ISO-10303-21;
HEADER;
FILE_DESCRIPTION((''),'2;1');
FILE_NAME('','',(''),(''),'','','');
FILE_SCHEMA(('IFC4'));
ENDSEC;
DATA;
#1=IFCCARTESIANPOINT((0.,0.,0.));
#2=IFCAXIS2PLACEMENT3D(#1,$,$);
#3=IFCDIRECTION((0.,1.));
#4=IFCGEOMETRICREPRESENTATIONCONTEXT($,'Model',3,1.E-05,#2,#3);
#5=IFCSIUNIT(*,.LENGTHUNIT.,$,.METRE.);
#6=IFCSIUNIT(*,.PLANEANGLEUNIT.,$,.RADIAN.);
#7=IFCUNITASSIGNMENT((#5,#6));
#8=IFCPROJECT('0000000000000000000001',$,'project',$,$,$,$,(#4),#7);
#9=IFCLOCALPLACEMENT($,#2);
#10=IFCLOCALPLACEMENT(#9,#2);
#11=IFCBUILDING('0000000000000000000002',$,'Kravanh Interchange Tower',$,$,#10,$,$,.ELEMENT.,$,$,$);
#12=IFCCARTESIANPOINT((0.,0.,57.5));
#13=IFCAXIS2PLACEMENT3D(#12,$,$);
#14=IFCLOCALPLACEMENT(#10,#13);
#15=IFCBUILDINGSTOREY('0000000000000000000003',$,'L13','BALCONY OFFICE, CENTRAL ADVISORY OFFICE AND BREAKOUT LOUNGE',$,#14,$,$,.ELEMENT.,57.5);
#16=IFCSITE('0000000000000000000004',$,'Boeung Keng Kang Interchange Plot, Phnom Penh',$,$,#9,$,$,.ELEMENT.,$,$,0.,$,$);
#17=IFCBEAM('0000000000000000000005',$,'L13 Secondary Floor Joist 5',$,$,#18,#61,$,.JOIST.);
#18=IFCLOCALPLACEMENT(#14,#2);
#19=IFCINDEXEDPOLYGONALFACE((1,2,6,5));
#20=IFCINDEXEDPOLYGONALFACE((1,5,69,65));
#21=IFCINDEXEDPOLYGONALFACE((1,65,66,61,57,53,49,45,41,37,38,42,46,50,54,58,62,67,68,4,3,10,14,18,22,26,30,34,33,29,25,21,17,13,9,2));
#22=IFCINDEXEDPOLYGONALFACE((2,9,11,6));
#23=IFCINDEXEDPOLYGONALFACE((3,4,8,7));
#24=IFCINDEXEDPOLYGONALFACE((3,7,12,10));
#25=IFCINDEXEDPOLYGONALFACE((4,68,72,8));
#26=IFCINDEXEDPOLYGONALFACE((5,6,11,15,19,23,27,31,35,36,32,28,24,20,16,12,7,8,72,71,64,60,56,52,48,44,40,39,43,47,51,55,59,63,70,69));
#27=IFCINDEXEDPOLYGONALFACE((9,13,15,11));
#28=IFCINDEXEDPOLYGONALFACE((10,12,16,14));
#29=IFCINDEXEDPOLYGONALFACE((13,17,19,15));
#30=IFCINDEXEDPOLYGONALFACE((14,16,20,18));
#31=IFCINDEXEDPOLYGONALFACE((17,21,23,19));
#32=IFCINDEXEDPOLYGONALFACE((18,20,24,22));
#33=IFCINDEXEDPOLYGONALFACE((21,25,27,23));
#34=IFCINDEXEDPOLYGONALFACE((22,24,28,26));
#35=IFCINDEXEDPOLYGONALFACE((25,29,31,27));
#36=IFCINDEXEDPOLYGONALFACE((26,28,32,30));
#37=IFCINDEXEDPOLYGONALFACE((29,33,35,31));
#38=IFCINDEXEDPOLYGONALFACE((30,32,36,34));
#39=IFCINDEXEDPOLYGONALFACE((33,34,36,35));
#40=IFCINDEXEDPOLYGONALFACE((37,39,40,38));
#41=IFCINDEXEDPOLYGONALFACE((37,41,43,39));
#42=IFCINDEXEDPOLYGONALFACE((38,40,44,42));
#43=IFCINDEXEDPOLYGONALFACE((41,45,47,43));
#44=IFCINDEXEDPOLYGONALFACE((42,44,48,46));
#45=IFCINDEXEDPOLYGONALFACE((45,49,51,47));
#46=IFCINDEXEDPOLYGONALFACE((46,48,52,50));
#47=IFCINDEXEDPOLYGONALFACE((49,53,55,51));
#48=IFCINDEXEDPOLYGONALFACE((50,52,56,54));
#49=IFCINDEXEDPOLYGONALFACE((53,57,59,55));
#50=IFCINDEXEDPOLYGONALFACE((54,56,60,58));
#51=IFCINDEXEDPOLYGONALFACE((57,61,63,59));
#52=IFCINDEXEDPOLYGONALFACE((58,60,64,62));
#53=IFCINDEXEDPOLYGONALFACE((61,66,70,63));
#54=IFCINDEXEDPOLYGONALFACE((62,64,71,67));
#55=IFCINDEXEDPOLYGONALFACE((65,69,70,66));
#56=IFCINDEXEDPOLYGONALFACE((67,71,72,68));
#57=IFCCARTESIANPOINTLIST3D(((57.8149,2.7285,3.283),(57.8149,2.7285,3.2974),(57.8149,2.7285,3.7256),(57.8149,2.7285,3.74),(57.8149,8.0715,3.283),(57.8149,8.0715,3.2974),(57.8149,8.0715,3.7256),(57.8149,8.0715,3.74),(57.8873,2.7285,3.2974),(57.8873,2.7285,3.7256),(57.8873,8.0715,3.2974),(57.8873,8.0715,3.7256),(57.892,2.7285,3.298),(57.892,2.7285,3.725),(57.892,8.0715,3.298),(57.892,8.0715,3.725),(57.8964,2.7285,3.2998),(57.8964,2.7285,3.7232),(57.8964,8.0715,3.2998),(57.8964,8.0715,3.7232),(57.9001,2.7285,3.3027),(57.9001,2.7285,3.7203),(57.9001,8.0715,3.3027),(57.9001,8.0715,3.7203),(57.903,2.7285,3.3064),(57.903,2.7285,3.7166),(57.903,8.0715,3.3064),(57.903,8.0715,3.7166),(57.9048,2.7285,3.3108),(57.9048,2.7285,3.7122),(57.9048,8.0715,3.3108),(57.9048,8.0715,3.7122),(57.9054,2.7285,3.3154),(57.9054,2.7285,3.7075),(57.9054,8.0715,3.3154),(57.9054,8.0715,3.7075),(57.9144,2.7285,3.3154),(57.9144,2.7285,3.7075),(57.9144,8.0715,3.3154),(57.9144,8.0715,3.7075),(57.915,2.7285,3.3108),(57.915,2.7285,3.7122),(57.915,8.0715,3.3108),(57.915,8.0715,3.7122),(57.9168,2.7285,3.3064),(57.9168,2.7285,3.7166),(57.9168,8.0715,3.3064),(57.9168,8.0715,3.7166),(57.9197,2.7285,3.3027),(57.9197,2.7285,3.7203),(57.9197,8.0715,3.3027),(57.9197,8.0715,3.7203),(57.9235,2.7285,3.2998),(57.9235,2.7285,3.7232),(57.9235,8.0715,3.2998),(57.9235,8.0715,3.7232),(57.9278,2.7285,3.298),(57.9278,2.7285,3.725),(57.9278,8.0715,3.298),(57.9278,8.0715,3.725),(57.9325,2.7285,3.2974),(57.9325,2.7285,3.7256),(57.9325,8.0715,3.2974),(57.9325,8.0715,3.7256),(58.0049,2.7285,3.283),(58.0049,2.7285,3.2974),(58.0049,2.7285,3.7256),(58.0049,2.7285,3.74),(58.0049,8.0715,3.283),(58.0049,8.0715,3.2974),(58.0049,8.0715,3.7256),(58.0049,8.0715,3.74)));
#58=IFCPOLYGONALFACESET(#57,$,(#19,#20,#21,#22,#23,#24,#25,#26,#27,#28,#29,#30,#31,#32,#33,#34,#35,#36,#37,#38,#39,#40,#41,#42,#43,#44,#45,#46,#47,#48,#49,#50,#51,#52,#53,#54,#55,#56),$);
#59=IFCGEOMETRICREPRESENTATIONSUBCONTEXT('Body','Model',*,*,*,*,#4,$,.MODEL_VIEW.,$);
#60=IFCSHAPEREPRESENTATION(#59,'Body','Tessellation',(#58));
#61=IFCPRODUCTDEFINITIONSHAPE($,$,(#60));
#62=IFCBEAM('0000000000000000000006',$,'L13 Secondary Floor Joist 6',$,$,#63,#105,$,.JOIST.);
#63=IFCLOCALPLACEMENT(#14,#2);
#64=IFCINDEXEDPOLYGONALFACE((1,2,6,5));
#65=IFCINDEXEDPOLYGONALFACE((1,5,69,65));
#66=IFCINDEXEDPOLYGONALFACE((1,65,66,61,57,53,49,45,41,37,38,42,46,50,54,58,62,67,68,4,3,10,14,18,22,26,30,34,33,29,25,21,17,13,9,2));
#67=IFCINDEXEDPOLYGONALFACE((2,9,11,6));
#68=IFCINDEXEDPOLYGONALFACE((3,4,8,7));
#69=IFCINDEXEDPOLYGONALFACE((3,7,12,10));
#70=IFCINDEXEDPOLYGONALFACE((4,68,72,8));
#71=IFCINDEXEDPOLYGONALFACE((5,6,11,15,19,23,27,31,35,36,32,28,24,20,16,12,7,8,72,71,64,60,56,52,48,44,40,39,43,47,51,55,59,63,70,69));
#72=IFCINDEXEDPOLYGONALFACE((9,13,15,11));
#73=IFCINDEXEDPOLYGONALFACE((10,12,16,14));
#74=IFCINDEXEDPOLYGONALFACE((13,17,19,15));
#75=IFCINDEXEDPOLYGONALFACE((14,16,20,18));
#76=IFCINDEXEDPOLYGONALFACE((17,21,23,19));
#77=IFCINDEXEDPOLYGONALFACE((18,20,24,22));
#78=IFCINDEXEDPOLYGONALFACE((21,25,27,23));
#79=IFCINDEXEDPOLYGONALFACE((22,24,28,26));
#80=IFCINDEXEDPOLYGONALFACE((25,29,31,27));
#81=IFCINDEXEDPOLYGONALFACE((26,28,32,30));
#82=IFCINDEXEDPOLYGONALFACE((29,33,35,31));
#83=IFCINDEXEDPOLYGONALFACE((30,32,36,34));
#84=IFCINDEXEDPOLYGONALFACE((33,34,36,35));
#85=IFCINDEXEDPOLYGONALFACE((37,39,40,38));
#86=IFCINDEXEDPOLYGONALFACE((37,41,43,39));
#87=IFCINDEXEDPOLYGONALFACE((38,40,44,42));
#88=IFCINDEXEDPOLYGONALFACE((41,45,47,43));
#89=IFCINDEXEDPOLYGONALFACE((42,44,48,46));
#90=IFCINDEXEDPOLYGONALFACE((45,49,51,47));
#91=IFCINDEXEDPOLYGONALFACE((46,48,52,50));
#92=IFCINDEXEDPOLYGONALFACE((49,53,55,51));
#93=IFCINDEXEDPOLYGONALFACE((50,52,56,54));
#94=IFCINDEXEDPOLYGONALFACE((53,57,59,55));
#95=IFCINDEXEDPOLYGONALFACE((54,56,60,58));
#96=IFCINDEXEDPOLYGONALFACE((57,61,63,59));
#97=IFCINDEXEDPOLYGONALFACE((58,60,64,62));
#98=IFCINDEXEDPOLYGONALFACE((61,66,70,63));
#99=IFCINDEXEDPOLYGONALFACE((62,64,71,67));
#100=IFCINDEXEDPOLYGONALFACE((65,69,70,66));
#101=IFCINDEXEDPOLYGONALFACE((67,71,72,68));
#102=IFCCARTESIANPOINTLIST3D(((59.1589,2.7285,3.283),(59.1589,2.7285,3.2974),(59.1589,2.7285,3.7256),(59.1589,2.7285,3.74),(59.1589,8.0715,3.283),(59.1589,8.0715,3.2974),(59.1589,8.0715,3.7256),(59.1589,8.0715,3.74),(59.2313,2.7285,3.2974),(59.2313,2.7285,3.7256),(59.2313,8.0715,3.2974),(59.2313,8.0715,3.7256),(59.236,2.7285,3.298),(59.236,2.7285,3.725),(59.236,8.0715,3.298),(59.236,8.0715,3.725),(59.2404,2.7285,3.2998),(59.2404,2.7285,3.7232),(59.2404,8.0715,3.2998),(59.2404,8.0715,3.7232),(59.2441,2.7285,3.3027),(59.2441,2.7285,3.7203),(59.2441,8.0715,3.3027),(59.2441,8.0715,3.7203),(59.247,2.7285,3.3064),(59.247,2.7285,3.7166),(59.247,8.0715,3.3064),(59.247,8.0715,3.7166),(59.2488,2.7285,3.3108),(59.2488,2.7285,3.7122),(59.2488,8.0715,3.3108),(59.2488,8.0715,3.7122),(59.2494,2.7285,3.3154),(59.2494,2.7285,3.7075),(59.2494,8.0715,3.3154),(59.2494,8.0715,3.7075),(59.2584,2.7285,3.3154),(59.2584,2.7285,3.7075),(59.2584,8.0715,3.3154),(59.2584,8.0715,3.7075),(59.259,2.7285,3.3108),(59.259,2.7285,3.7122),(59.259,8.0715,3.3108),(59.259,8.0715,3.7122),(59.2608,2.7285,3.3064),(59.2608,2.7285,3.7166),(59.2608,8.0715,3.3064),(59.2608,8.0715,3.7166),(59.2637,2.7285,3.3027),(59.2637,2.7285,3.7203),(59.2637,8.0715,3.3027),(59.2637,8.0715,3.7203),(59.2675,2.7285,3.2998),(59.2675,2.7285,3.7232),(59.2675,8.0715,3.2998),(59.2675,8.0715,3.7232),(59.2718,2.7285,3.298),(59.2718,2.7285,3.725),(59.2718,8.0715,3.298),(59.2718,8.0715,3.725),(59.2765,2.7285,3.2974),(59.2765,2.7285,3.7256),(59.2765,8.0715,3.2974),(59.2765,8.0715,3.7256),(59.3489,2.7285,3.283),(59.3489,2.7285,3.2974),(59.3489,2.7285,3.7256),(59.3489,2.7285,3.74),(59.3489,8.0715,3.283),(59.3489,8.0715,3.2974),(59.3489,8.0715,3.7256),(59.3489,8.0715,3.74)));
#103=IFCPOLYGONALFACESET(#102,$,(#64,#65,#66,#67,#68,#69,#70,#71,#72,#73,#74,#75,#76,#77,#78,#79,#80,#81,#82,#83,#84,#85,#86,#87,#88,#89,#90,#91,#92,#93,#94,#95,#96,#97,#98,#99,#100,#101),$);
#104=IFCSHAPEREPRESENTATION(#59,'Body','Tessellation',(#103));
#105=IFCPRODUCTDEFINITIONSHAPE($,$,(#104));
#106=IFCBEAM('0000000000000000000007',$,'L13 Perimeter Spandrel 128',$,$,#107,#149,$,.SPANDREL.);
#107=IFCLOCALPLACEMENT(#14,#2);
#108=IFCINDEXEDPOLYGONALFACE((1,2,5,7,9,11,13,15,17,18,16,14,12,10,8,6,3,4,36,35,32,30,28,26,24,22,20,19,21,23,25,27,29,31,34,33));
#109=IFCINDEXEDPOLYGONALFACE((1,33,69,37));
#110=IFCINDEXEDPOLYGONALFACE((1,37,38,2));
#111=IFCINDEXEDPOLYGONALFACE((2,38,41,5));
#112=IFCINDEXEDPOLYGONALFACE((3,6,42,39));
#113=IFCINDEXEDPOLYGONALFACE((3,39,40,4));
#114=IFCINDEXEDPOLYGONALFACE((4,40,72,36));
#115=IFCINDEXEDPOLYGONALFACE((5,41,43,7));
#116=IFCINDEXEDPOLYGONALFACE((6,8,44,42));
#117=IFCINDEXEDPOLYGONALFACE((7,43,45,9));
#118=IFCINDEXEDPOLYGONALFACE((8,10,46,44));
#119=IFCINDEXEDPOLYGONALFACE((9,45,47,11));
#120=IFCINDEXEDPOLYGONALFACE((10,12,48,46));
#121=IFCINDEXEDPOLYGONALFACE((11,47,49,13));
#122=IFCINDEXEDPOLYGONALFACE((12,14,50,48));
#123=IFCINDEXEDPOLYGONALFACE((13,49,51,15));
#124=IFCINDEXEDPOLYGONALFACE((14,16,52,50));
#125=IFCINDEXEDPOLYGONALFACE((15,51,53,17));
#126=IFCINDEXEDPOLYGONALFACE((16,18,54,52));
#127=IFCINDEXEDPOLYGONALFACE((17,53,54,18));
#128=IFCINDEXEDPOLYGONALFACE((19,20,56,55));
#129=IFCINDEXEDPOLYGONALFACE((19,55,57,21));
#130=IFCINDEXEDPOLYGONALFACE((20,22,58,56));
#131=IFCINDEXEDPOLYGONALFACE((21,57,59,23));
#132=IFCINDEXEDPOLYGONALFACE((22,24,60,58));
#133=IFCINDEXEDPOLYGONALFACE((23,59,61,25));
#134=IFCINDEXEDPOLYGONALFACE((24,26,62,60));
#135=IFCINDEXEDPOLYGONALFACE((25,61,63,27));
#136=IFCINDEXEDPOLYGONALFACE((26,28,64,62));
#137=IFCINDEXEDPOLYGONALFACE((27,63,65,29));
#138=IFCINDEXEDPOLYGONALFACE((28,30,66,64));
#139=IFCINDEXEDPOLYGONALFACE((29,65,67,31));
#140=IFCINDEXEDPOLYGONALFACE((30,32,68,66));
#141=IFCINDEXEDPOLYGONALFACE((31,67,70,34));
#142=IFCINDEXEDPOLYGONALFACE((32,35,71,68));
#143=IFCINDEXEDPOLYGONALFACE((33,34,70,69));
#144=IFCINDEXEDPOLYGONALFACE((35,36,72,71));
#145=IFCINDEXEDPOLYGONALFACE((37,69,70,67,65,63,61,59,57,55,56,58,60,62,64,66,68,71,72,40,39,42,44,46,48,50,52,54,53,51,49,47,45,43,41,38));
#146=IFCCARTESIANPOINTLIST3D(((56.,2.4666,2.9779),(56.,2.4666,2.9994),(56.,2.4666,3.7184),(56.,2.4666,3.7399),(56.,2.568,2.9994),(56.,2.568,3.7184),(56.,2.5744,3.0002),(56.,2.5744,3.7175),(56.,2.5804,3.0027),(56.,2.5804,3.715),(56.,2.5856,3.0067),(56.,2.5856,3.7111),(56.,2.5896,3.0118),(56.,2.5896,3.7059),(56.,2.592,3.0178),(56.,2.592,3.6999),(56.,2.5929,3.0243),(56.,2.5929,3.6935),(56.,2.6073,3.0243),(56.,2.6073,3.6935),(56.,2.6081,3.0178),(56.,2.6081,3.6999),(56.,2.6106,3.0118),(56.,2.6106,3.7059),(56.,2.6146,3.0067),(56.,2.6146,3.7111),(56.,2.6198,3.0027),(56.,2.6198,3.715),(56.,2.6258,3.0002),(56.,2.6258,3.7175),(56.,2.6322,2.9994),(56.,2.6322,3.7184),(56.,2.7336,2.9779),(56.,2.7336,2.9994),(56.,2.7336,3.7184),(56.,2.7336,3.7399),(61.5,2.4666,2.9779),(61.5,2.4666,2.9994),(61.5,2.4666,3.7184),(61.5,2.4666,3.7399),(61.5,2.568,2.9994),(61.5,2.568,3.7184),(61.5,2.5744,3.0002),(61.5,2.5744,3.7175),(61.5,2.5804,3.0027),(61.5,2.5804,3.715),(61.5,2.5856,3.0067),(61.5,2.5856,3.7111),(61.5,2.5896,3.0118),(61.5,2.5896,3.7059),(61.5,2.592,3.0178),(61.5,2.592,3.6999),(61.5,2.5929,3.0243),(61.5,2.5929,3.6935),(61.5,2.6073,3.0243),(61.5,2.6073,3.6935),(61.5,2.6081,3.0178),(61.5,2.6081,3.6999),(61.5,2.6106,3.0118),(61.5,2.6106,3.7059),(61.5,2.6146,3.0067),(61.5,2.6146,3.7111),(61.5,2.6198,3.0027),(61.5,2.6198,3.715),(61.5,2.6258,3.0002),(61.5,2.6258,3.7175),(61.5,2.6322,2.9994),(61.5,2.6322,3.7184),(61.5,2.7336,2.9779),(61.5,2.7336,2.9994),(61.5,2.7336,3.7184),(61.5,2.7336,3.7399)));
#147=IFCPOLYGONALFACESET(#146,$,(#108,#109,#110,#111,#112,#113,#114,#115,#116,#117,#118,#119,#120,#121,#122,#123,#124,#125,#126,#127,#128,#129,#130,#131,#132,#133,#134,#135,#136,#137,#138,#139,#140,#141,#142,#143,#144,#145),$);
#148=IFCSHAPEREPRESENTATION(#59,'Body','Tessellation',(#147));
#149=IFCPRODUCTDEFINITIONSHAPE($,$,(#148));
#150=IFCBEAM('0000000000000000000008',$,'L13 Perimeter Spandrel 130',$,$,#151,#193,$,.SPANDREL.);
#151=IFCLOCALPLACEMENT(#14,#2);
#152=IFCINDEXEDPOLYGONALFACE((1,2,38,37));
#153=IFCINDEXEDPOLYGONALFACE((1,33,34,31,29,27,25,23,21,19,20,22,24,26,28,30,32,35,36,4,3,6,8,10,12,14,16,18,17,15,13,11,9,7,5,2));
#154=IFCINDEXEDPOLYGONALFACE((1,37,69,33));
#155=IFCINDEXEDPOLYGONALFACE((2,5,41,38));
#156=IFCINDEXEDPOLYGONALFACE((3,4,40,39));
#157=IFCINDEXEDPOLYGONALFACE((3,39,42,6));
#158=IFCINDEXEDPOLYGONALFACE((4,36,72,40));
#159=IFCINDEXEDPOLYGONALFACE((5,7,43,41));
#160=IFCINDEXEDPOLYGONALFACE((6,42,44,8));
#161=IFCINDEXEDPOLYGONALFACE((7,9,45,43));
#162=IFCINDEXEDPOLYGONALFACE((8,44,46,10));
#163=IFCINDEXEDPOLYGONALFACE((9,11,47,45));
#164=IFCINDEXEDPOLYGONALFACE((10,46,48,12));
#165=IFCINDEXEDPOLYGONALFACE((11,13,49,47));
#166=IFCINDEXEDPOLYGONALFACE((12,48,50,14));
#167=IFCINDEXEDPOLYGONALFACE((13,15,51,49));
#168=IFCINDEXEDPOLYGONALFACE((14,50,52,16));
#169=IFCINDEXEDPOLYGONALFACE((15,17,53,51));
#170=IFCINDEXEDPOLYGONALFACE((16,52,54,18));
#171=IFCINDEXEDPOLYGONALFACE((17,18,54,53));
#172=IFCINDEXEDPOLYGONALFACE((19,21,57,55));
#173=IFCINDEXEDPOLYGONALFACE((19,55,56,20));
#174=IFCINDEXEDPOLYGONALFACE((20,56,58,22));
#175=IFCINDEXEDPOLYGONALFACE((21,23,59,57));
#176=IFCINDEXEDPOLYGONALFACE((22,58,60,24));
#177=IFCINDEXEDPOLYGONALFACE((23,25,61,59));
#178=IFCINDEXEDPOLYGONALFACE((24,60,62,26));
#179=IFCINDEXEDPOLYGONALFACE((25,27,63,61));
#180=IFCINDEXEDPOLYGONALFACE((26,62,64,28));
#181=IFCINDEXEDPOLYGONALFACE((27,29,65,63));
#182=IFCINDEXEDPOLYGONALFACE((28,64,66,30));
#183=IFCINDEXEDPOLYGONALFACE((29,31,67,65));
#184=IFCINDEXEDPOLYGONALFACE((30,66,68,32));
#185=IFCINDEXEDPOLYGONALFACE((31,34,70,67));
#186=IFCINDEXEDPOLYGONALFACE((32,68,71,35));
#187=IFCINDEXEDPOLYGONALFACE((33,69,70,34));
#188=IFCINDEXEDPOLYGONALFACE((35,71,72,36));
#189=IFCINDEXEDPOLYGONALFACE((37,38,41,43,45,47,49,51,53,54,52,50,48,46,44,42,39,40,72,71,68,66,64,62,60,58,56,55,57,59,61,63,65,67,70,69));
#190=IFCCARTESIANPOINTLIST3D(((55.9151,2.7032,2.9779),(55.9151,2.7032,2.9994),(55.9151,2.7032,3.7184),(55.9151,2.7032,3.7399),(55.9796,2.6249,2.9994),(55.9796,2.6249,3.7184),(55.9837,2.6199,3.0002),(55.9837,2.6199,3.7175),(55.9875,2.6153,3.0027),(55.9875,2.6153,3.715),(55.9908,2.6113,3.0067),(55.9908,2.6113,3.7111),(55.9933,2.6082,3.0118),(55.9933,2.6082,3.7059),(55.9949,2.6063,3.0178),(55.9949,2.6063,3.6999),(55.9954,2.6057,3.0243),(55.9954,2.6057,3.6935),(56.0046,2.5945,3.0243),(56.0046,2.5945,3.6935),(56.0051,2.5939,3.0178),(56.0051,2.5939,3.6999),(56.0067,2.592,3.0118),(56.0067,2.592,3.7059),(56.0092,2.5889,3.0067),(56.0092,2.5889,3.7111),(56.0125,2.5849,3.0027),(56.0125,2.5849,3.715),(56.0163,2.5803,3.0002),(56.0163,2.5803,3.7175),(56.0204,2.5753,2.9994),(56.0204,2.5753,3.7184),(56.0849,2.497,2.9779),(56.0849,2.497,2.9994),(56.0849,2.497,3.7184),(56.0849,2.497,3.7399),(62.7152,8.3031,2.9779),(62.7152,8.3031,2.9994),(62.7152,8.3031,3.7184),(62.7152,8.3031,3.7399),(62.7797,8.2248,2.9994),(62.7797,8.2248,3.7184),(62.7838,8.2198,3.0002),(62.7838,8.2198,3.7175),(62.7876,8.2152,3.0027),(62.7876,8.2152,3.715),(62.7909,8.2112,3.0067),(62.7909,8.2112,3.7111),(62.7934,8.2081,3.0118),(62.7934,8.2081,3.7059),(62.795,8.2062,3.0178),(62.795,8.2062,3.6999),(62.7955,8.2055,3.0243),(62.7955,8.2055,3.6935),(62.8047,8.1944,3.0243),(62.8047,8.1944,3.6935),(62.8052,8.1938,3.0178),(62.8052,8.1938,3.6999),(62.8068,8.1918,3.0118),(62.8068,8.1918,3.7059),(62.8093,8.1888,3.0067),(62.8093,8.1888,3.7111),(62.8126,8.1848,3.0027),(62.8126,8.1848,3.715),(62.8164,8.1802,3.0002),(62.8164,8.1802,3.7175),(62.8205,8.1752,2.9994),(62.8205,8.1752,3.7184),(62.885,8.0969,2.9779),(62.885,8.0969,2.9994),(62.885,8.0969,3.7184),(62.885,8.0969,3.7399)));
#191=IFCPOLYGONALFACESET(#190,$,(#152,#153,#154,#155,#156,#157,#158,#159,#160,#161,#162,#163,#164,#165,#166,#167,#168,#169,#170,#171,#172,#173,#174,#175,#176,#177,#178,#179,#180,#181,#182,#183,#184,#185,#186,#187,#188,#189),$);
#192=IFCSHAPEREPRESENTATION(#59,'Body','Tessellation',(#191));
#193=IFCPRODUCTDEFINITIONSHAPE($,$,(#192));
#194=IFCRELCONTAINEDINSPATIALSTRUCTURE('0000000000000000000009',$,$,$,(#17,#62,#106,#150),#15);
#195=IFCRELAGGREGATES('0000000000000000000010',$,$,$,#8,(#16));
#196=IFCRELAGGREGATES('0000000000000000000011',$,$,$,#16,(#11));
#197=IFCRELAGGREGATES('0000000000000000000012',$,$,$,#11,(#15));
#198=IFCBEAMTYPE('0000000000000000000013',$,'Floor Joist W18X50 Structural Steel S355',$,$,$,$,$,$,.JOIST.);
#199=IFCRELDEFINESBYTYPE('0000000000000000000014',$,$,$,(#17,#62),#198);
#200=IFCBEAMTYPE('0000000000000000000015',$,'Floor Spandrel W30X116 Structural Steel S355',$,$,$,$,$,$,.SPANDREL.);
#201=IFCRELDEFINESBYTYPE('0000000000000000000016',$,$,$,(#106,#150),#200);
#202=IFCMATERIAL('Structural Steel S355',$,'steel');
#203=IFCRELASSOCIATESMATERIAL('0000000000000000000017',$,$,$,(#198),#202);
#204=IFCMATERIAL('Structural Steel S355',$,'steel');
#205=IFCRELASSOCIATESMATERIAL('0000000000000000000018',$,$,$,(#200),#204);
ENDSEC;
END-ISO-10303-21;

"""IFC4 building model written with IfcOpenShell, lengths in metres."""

from ifc_helpers import new_model, si_unit, direction, frame, origin, origin_2d, place, context, subcontext, project, spatial, i_section, extrude, material, material_profile, profile_set, type_object, element, save


model = new_model("IFC4")

# Units and contexts
model_context = context("Model", 3, precision=1e-05, world=origin(), true_north=direction((0.0, 1.0)))
body_context = subcontext(model_context, "Body", "Model", "MODEL_VIEW")
ifc_project = project(units=[si_unit("LENGTHUNIT", "METRE"), si_unit("PLANEANGLEUNIT", "RADIAN")], contexts=[model_context])

# Site, building, storey
site_placement = place(None, origin())
site = spatial("IfcSite", under=ifc_project, at=site_placement, Name="Boeung Keng Kang Interchange Plot, Phnom Penh", CompositionType="ELEMENT", RefElevation=0.0)
building_placement = place(site_placement, origin())
building = spatial("IfcBuilding", under=site, at=building_placement, Name="Kravanh Interchange Tower", CompositionType="ELEMENT")
storey_placement = place(building_placement, frame((0.0, 0.0, 57.5)))
storey = spatial("IfcBuildingStorey", under=building, at=storey_placement, Name="L13", Description="BALCONY OFFICE, CENTRAL ADVISORY OFFICE AND BREAKOUT LOUNGE", CompositionType="ELEMENT", Elevation=57.5)

# Beams
ifc_material_1 = material(Name="Structural Steel S355", Category="steel")
ifc_material_profile_1 = material_profile(ifc_material_1, i_section(OverallWidth=0.1899, OverallDepth=0.457, WebThickness=0.009, FlangeThickness=0.0144, FilletRadius=0.0181, at=origin_2d()), Name="W18X50")
ifc_profile_set_1 = profile_set([ifc_material_profile_1], Name="Structural Steel S355")
beam_type_1 = type_object("IfcBeamType", Name="Floor Joist W18X50 Structural Steel S355", PredefinedType="JOIST", material=ifc_profile_set_1)
for number, where, z_axis, x_axis, name in (
    (1, (57.9099, 2.7285, 3.5115), (0.0, 1.0, 0.0), (-1.0, 0.0, 0.0), "L13 Secondary Floor Joist 5"),
    (2, (59.2539, 2.7285, 3.5115), (0.0, 1.0, 0.0), (-1.0, 0.0, 0.0), "L13 Secondary Floor Joist 6"),
):
    element("IfcBeam", number, at=place(storey_placement, frame(where, z_axis=z_axis, x_axis=x_axis)), inside=storey, type_object=beam_type_1, Name=name, PredefinedType="JOIST", context=body_context, shape_type="SweptSolid", body=[
        extrude(i_section(OverallWidth=0.1899, OverallDepth=0.457, WebThickness=0.009, FlangeThickness=0.0144, FilletRadius=0.0181, at=origin_2d()), origin(), (0.0, 0.0, 1.0), 5.343),
    ])
ifc_material_2 = material(Name="Structural Steel S355", Category="steel")
ifc_material_profile_2 = material_profile(ifc_material_2, i_section(OverallWidth=0.2671, OverallDepth=0.762, WebThickness=0.0144, FlangeThickness=0.0215, FilletRadius=0.0249, at=origin_2d()), Name="W30X116")
ifc_profile_set_2 = profile_set([ifc_material_profile_2], Name="Structural Steel S355")
beam_type_2 = type_object("IfcBeamType", Name="Floor Spandrel W30X116 Structural Steel S355", PredefinedType="SPANDREL", material=ifc_profile_set_2)
beam_1_placement = place(storey_placement, frame((56.0, 2.6001, 3.3589), z_axis=(1.0, 0.0, 0.0), x_axis=(0.0, 1.0, 0.0)))
element("IfcBeam", 3, at=beam_1_placement, inside=storey, type_object=beam_type_2, Name="L13 Perimeter Spandrel 128", PredefinedType="SPANDREL", context=body_context, shape_type="SweptSolid", body=[
    extrude(i_section(OverallWidth=0.2671, OverallDepth=0.762, WebThickness=0.0144, FlangeThickness=0.0215, FilletRadius=0.0249, at=origin_2d()), origin(), (0.0, 0.0, 1.0), 5.5),
])
beam_2_placement = place(storey_placement, frame((56.0, 2.6001, 3.3589), z_axis=(0.771941, 0.635695, 0.0), x_axis=(-0.635695, 0.771941, 0.0)))
element("IfcBeam", 4, at=beam_2_placement, inside=storey, type_object=beam_type_2, Name="L13 Perimeter Spandrel 130", PredefinedType="SPANDREL", context=body_context, shape_type="SweptSolid", body=[
    extrude(i_section(OverallWidth=0.2671, OverallDepth=0.762, WebThickness=0.0144, FlangeThickness=0.0215, FilletRadius=0.0249, at=origin_2d()), origin(), (0.0, 0.0, 1.0), 8.8091),
])

save(model, "model.ifc")
